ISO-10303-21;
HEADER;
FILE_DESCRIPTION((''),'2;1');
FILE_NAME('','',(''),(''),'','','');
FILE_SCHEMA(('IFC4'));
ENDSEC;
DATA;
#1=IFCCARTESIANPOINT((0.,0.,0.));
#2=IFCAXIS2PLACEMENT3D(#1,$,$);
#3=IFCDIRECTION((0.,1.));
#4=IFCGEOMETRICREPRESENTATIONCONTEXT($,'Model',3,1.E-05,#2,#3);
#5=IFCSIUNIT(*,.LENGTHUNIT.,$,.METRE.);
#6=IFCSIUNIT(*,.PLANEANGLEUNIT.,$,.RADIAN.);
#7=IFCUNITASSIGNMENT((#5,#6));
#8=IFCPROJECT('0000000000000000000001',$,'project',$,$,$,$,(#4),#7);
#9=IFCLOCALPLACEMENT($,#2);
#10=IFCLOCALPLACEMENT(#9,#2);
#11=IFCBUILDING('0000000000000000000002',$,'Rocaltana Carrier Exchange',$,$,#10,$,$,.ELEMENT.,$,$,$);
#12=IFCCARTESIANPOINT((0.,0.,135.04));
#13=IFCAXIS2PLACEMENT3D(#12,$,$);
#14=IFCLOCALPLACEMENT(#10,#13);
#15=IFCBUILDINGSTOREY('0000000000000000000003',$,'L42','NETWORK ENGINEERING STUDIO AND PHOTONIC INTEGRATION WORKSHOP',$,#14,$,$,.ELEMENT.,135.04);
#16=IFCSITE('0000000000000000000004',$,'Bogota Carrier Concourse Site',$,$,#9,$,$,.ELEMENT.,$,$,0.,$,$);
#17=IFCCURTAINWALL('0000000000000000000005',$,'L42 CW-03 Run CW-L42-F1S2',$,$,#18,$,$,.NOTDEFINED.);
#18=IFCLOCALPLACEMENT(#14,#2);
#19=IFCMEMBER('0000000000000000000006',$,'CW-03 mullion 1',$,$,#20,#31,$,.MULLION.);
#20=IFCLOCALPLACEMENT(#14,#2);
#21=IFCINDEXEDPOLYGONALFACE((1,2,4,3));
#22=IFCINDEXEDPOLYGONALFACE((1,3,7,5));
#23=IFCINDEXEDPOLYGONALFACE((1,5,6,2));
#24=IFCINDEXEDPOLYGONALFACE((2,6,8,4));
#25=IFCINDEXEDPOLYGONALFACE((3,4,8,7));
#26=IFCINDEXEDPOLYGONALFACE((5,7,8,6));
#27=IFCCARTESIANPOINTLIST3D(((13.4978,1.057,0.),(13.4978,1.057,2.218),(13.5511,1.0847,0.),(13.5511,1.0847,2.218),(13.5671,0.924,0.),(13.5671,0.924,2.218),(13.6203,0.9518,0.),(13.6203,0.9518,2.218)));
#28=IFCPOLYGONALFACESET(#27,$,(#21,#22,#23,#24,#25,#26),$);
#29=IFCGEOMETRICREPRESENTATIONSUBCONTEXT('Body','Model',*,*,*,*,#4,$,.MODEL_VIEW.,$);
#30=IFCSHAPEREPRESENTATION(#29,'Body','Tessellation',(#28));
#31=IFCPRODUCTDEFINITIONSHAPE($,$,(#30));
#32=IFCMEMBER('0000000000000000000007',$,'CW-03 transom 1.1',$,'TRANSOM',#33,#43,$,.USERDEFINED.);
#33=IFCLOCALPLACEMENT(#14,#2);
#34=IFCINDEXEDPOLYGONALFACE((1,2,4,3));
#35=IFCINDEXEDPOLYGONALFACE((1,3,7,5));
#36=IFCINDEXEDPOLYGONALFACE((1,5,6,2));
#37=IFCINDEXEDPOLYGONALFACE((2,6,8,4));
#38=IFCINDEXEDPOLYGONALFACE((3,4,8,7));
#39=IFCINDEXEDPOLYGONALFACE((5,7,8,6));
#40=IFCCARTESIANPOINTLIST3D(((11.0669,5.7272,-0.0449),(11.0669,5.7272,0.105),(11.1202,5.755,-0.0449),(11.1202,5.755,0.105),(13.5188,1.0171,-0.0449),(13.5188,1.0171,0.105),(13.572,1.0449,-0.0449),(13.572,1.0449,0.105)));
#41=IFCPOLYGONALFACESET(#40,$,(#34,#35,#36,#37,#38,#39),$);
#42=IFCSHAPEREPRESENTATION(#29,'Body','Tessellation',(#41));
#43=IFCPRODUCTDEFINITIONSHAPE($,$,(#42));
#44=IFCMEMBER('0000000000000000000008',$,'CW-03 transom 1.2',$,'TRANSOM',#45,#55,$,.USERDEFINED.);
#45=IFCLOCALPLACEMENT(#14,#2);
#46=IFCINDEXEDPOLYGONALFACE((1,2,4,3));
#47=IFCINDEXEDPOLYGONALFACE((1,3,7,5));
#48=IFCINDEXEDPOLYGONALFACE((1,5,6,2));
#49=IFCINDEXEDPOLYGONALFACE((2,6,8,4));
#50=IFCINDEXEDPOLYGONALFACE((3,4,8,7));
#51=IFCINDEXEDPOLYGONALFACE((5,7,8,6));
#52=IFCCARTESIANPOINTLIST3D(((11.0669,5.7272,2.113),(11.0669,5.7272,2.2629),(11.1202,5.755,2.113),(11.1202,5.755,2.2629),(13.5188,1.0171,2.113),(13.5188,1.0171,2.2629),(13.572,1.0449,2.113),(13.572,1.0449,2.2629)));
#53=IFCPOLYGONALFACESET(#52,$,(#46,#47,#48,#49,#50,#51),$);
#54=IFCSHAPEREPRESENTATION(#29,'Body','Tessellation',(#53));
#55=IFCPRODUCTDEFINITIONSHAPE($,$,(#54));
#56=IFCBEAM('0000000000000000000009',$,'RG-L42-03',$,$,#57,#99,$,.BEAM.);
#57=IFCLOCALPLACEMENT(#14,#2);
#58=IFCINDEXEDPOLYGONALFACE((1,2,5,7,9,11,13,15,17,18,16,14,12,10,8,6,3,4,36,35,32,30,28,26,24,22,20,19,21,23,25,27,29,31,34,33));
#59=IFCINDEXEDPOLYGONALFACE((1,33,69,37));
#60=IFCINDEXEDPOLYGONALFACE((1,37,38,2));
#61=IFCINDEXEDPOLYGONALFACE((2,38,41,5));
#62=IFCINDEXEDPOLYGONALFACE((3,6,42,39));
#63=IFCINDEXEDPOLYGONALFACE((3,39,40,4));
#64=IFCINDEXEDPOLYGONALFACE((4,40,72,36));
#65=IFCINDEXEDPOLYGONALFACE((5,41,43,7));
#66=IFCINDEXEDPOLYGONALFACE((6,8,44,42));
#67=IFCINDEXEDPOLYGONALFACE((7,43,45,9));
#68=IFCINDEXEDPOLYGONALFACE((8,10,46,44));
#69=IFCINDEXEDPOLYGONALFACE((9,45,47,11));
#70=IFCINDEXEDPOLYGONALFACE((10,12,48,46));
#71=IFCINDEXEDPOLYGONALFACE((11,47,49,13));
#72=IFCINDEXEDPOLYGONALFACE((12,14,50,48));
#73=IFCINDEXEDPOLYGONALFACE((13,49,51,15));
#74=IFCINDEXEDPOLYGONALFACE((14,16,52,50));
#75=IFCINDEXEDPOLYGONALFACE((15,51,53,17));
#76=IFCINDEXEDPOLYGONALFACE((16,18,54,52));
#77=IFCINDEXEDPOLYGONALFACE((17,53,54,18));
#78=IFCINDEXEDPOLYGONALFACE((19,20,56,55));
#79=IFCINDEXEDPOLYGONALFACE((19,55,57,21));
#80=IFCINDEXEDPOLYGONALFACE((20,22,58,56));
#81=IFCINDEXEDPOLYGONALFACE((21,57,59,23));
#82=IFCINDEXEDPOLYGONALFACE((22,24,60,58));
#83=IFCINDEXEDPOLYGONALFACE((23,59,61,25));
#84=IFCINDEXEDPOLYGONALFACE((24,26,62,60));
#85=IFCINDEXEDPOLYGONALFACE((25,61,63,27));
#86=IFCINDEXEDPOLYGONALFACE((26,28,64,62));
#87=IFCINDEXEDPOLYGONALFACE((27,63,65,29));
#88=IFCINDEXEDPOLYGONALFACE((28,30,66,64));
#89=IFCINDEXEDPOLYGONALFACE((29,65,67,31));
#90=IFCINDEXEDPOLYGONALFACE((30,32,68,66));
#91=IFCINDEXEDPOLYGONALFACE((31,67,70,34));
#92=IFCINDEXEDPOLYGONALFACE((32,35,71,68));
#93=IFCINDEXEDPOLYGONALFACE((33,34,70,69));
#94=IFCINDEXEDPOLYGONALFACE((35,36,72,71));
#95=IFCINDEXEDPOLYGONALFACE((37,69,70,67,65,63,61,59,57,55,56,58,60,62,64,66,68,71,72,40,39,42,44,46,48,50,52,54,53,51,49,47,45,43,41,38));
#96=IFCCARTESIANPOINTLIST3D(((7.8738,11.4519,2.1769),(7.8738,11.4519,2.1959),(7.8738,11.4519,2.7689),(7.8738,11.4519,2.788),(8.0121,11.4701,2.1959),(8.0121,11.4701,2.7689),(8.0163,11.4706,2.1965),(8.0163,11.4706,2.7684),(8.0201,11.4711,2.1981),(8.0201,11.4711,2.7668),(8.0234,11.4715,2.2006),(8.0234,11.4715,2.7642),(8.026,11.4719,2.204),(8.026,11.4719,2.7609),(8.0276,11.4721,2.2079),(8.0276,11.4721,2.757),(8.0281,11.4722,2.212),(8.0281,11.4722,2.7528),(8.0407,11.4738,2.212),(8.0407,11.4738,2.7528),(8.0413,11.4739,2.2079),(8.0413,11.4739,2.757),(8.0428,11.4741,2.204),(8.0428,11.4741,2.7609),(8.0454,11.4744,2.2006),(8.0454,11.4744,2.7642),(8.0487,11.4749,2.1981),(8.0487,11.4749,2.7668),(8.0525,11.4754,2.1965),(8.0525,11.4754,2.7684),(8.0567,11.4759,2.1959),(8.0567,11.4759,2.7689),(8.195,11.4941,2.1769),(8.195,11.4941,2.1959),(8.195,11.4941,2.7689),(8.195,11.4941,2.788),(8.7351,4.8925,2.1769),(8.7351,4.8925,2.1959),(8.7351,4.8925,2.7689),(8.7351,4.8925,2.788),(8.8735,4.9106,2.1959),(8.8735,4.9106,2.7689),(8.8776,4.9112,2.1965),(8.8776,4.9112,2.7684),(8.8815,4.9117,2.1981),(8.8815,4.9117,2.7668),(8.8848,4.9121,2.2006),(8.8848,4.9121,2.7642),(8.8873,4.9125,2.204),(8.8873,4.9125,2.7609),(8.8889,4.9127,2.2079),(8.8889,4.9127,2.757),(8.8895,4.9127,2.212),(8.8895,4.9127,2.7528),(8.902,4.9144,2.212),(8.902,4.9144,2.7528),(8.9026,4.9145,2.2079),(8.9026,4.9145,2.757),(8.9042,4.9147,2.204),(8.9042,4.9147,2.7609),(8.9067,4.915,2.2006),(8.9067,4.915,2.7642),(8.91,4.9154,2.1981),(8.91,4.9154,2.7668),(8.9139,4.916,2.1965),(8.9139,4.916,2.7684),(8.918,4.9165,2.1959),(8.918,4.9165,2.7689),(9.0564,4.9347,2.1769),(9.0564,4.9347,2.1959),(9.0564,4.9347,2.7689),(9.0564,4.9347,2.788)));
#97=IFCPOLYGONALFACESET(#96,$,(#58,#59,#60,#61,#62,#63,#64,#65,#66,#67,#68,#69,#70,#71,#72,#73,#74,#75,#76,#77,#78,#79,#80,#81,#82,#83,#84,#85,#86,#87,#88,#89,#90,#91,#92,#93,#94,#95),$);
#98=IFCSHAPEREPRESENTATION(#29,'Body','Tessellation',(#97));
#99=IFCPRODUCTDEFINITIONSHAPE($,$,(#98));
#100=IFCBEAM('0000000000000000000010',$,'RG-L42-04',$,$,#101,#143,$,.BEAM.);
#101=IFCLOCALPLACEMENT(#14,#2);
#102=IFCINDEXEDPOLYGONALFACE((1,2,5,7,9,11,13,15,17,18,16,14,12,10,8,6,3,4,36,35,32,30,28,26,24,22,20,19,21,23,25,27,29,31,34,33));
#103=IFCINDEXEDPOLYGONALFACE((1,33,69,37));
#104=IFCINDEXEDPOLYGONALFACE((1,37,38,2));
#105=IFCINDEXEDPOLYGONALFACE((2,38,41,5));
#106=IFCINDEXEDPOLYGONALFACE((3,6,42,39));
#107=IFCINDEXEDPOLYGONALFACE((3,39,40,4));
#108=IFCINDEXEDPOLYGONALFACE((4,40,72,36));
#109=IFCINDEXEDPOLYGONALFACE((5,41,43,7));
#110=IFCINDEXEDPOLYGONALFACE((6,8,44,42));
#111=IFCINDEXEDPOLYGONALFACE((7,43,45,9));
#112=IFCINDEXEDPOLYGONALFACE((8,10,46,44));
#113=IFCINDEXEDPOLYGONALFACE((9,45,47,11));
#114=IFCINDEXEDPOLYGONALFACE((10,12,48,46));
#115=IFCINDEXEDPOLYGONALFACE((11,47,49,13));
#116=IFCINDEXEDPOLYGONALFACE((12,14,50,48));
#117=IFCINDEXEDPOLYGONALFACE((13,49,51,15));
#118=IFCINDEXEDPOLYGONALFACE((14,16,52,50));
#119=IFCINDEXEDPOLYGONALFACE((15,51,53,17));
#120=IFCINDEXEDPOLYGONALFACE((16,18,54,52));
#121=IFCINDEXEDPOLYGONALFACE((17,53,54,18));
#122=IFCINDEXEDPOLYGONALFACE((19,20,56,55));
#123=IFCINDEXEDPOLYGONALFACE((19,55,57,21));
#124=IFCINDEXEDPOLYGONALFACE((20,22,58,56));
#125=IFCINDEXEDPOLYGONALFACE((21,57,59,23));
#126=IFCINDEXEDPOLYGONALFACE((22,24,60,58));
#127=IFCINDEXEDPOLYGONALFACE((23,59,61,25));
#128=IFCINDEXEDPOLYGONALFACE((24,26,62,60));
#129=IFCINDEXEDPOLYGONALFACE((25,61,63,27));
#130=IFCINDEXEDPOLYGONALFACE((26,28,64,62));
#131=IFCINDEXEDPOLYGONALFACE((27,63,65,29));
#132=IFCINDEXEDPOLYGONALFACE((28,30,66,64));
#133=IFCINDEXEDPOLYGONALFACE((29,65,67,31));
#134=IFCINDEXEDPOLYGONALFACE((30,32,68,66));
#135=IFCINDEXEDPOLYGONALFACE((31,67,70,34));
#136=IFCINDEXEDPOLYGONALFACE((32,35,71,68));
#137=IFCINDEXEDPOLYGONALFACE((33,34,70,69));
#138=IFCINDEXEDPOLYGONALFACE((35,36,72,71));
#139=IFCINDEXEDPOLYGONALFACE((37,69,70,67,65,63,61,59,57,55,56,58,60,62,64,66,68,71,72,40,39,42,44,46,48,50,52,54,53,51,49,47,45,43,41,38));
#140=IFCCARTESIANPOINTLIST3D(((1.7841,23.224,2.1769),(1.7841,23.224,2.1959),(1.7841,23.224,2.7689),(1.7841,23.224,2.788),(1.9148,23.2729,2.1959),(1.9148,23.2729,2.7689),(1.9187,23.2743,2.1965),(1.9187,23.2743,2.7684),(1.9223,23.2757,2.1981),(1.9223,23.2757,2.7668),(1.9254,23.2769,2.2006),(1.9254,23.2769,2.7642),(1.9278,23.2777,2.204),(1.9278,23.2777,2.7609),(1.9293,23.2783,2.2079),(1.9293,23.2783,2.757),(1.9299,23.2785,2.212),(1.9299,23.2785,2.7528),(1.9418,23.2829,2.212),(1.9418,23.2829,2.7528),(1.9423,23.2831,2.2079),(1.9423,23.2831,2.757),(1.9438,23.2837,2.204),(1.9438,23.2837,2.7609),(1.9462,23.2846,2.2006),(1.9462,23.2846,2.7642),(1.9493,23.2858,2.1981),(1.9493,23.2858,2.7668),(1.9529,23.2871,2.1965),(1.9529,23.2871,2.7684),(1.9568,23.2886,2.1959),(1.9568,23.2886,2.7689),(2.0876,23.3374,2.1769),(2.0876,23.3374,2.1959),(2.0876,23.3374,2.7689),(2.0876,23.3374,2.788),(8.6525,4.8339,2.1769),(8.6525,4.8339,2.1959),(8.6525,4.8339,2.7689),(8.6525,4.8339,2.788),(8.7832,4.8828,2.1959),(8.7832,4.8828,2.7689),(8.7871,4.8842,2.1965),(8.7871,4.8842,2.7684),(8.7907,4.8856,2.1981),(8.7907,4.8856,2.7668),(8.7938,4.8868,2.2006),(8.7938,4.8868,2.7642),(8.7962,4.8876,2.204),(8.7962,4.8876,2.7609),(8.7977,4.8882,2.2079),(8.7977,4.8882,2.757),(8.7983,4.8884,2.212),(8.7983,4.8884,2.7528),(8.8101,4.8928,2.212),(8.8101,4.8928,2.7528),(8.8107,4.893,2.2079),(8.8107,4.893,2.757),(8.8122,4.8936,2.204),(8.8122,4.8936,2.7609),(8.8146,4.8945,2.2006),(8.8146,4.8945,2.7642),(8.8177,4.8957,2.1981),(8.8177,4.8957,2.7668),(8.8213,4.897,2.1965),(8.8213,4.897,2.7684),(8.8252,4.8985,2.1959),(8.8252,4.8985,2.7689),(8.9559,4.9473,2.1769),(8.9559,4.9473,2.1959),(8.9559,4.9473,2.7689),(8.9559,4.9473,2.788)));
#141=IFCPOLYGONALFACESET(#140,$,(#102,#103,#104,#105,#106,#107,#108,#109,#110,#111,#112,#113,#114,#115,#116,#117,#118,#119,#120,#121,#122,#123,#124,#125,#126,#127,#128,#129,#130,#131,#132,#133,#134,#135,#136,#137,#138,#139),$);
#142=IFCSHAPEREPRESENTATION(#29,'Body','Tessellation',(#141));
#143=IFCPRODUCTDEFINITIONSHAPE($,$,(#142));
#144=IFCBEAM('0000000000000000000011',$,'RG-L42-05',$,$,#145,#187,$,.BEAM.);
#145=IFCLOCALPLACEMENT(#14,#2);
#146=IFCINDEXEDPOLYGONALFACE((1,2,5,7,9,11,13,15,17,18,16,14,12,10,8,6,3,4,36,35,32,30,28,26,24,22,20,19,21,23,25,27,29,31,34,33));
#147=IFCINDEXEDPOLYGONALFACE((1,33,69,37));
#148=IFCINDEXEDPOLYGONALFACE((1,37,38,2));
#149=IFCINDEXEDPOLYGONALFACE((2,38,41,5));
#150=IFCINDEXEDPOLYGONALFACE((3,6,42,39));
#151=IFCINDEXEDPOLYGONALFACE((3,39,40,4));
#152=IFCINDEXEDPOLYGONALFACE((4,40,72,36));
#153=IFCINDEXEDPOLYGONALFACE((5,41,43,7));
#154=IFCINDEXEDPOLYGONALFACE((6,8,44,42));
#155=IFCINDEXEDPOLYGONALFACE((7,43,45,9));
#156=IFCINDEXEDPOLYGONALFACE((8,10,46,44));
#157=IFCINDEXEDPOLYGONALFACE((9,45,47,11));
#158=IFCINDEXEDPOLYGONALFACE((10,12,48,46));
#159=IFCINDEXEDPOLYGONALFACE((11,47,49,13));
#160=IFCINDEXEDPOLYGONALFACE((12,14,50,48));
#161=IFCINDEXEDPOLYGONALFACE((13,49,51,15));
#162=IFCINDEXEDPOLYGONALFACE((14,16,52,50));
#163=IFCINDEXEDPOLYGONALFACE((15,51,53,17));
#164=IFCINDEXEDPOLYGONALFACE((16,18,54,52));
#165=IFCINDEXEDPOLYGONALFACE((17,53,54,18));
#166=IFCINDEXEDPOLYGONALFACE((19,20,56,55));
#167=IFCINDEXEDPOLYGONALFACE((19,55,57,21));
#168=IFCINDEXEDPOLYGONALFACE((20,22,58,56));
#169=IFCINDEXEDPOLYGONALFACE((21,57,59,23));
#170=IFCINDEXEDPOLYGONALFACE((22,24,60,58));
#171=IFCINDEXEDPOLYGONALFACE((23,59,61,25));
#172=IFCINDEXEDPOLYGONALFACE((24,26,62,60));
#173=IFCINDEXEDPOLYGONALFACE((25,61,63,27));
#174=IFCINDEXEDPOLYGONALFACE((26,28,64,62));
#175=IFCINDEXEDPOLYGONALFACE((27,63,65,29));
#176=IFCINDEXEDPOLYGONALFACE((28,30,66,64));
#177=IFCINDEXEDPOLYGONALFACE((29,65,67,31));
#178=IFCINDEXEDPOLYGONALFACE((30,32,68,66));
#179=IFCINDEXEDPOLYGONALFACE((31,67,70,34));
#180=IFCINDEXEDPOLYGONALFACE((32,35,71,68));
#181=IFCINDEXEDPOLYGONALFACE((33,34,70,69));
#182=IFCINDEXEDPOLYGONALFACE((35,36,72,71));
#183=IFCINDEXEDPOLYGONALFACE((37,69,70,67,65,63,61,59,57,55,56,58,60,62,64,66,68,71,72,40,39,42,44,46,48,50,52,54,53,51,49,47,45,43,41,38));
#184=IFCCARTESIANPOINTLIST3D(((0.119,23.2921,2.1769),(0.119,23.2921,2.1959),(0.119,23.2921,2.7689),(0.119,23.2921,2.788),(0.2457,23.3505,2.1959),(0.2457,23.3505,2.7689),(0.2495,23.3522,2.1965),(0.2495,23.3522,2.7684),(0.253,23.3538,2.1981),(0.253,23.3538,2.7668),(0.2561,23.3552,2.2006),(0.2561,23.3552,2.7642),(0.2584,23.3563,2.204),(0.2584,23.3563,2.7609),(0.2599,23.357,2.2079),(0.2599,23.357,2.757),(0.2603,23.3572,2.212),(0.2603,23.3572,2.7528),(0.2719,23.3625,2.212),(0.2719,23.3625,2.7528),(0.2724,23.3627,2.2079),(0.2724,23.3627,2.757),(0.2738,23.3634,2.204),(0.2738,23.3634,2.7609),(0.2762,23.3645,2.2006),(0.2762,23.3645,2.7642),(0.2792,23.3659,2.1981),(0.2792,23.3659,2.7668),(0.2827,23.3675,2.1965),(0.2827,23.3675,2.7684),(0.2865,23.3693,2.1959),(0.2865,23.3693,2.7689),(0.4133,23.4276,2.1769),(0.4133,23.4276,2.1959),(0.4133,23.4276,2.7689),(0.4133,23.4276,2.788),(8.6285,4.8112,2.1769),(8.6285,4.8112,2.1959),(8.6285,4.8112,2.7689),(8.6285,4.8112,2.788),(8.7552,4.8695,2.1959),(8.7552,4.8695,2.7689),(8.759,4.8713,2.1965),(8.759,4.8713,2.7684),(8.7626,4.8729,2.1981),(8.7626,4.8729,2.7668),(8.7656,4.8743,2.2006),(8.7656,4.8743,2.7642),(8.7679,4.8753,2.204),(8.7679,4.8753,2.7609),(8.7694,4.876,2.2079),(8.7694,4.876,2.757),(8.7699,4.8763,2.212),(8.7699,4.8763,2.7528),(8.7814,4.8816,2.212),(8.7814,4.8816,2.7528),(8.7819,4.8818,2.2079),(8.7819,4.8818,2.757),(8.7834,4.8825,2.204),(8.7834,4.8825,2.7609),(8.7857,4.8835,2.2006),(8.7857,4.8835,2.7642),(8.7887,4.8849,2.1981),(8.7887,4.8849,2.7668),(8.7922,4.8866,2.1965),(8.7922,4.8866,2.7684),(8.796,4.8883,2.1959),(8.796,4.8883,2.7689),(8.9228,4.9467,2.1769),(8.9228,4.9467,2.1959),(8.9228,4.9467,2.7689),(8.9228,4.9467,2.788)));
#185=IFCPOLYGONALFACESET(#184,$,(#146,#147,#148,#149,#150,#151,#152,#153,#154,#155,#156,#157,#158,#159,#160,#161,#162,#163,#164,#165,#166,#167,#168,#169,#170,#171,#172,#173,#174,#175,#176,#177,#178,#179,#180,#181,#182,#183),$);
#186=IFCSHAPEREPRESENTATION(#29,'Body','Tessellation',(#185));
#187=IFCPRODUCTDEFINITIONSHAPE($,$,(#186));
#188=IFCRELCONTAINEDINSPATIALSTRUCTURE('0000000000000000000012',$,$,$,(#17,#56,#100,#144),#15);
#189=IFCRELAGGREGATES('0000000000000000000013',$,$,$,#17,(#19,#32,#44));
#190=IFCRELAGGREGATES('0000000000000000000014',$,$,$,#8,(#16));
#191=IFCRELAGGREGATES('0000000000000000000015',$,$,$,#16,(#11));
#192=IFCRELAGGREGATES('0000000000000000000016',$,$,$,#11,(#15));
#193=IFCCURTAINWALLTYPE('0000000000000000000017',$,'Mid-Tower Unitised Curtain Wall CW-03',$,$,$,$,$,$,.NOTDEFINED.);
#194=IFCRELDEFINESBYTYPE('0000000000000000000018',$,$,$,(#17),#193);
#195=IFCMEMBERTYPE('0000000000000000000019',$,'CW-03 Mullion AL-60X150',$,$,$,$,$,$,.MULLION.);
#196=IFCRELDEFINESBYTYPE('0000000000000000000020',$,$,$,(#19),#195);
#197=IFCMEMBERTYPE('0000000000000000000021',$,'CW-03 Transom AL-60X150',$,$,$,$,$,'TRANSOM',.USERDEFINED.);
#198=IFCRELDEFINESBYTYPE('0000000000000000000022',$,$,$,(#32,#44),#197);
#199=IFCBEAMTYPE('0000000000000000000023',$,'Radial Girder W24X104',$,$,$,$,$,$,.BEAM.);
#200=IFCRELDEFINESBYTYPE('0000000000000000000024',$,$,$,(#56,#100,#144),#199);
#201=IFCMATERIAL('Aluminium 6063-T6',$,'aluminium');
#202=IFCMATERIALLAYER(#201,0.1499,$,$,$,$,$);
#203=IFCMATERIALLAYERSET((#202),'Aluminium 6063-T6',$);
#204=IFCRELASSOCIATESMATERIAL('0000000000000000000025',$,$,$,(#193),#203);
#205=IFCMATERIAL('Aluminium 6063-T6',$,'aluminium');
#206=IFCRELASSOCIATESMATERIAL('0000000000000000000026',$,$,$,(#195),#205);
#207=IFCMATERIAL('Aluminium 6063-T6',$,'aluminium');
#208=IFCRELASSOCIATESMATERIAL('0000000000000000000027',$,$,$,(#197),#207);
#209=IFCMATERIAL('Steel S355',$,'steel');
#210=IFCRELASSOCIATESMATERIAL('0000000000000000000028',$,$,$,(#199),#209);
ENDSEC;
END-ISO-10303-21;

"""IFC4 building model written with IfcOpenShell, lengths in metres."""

from ifc_helpers import new_model, si_unit, direction, frame, origin, origin_2d, place, context, subcontext, project, spatial, rectangle, i_section, extrude, material, layer, layer_set, material_profile, profile_set, type_object, element, aggregate, save


model = new_model("IFC4")

# Units and contexts
model_context = context("Model", 3, precision=1e-05, world=origin(), true_north=direction((0.0, 1.0)))
body_context = subcontext(model_context, "Body", "Model", "MODEL_VIEW")
ifc_project = project(units=[si_unit("LENGTHUNIT", "METRE"), si_unit("PLANEANGLEUNIT", "RADIAN")], contexts=[model_context])

# Site, building, storey
site_placement = place(None, origin())
site = spatial("IfcSite", under=ifc_project, at=site_placement, Name="Bogota Carrier Concourse Site", CompositionType="ELEMENT", RefElevation=0.0)
building_placement = place(site_placement, origin())
building = spatial("IfcBuilding", under=site, at=building_placement, Name="Rocaltana Carrier Exchange", CompositionType="ELEMENT")
storey_placement = place(building_placement, frame((0.0, 0.0, 135.04)))
storey = spatial("IfcBuildingStorey", under=building, at=storey_placement, Name="L42", Description="NETWORK ENGINEERING STUDIO AND PHOTONIC INTEGRATION WORKSHOP", CompositionType="ELEMENT", Elevation=135.04)

# Curtain wall, members
ifc_material_1 = material(Name="Aluminium 6063-T6", Category="aluminium")
ifc_layer_1 = layer(ifc_material_1, 0.1499)
ifc_layer_set_1 = layer_set([ifc_layer_1], Name="Aluminium 6063-T6")
curtain_wall_type = type_object("IfcCurtainWallType", Name="Mid-Tower Unitised Curtain Wall CW-03", PredefinedType="NOTDEFINED", material=ifc_layer_set_1)
curtain_wall_placement = place(storey_placement, origin())
curtain_wall = element("IfcCurtainWall", 1, at=curtain_wall_placement, inside=storey, type_object=curtain_wall_type, Name="L42 CW-03 Run CW-L42-F1S2", PredefinedType="NOTDEFINED")
ifc_material_2 = material(Name="Aluminium 6063-T6", Category="aluminium")
ifc_material_profile_1 = material_profile(ifc_material_2, rectangle(XDim=0.0601, YDim=0.1499, at=origin_2d()), Name="AL-60X150")
ifc_profile_set_1 = profile_set([ifc_material_profile_1], Name="Aluminium 6063-T6")
member_type_1 = type_object("IfcMemberType", Name="CW-03 Mullion AL-60X150", PredefinedType="MULLION", material=ifc_profile_set_1)
member_1_placement = place(storey_placement, frame((13.5591, 1.0044, 0.0), z_axis=(0.0, 0.0, 1.0), x_axis=(-0.887012, -0.461747, 0.0)))
member_1 = element("IfcMember", 2, at=member_1_placement, type_object=member_type_1, Name="CW-03 mullion 1", PredefinedType="MULLION", context=body_context, shape_type="SweptSolid", body=[
    extrude(rectangle(XDim=0.0601, YDim=0.1499, at=origin_2d()), origin(), (0.0, 0.0, 1.0), 2.218),
])
ifc_material_3 = material(Name="Aluminium 6063-T6", Category="aluminium")
ifc_material_profile_2 = material_profile(ifc_material_3, rectangle(XDim=0.0601, YDim=0.1499, at=origin_2d()), Name="AL-60X150")
ifc_profile_set_2 = profile_set([ifc_material_profile_2], Name="Aluminium 6063-T6")
member_type_2 = type_object("IfcMemberType", Name="CW-03 Transom AL-60X150", ElementType="TRANSOM", PredefinedType="USERDEFINED", material=ifc_profile_set_2)
member_2_placement = place(storey_placement, frame((13.5454, 1.031, 0.03), z_axis=(-0.461738, 0.887016, 0.0), x_axis=(-0.887016, -0.461738, 0.0)))
member_2 = element("IfcMember", 3, at=member_2_placement, type_object=member_type_2, Name="CW-03 transom 1.1", ObjectType="TRANSOM", PredefinedType="USERDEFINED", context=body_context, shape_type="SweptSolid", body=[
    extrude(rectangle(XDim=0.0601, YDim=0.1499, at=origin_2d()), origin(), (0.0, 0.0, 1.0), 5.3101),
])
member_3_placement = place(storey_placement, frame((13.5454, 1.031, 2.188), z_axis=(-0.461738, 0.887016, 0.0), x_axis=(-0.887016, -0.461738, 0.0)))
member_3 = element("IfcMember", 4, at=member_3_placement, type_object=member_type_2, Name="CW-03 transom 1.2", ObjectType="TRANSOM", PredefinedType="USERDEFINED", context=body_context, shape_type="SweptSolid", body=[
    extrude(rectangle(XDim=0.0601, YDim=0.1499, at=origin_2d()), origin(), (0.0, 0.0, 1.0), 5.3101),
])

# Beams
ifc_material_4 = material(Name="Steel S355", Category="steel")
ifc_material_profile_3 = material_profile(ifc_material_4, i_section(OverallWidth=0.324, OverallDepth=0.6111, WebThickness=0.0127, FlangeThickness=0.019, FilletRadius=0.0161, at=origin_2d()), Name="W24X104")
ifc_profile_set_3 = profile_set([ifc_material_profile_3], Name="Steel S355")
beam_type_1 = type_object("IfcBeamType", Name="Radial Girder W24X104", PredefinedType="BEAM", material=ifc_profile_set_3)
beam_1_placement = place(storey_placement, frame((8.8958, 4.9136, 2.4824), z_axis=(-0.130196, 0.991488, 0.0), x_axis=(-0.991488, -0.130196, 0.0)))
element("IfcBeam", 5, at=beam_1_placement, inside=storey, type_object=beam_type_1, Name="RG-L42-03", PredefinedType="BEAM", context=body_context, shape_type="SweptSolid", body=[
    extrude(i_section(OverallWidth=0.324, OverallDepth=0.6111, WebThickness=0.0127, FlangeThickness=0.019, FilletRadius=0.0161, at=origin_2d()), origin(), (0.0, 0.0, 1.0), 6.6157),
])
beam_2_placement = place(storey_placement, frame((8.8042, 4.8906, 2.4824), z_axis=(-0.349877, 0.936795, 0.0), x_axis=(-0.936795, -0.349877, 0.0)))
element("IfcBeam", 6, at=beam_2_placement, inside=storey, type_object=beam_type_1, Name="RG-L42-04", PredefinedType="BEAM", context=body_context, shape_type="SweptSolid", body=[
    extrude(i_section(OverallWidth=0.324, OverallDepth=0.6111, WebThickness=0.0127, FlangeThickness=0.019, FilletRadius=0.0161, at=origin_2d()), origin(), (0.0, 0.0, 1.0), 19.6309),
])
beam_3_placement = place(storey_placement, frame((8.7756, 4.8789, 2.4824), z_axis=(-0.418242, 0.908336, 0.0), x_axis=(-0.908336, -0.418242, 0.0)))
element("IfcBeam", 7, at=beam_3_placement, inside=storey, type_object=beam_type_1, Name="RG-L42-05", PredefinedType="BEAM", context=body_context, shape_type="SweptSolid", body=[
    extrude(i_section(OverallWidth=0.324, OverallDepth=0.6111, WebThickness=0.0127, FlangeThickness=0.019, FilletRadius=0.0161, at=origin_2d()), origin(), (0.0, 0.0, 1.0), 20.3459),
])

aggregate(curtain_wall, [member_1, member_2, member_3])

save(model, "model.ifc")
